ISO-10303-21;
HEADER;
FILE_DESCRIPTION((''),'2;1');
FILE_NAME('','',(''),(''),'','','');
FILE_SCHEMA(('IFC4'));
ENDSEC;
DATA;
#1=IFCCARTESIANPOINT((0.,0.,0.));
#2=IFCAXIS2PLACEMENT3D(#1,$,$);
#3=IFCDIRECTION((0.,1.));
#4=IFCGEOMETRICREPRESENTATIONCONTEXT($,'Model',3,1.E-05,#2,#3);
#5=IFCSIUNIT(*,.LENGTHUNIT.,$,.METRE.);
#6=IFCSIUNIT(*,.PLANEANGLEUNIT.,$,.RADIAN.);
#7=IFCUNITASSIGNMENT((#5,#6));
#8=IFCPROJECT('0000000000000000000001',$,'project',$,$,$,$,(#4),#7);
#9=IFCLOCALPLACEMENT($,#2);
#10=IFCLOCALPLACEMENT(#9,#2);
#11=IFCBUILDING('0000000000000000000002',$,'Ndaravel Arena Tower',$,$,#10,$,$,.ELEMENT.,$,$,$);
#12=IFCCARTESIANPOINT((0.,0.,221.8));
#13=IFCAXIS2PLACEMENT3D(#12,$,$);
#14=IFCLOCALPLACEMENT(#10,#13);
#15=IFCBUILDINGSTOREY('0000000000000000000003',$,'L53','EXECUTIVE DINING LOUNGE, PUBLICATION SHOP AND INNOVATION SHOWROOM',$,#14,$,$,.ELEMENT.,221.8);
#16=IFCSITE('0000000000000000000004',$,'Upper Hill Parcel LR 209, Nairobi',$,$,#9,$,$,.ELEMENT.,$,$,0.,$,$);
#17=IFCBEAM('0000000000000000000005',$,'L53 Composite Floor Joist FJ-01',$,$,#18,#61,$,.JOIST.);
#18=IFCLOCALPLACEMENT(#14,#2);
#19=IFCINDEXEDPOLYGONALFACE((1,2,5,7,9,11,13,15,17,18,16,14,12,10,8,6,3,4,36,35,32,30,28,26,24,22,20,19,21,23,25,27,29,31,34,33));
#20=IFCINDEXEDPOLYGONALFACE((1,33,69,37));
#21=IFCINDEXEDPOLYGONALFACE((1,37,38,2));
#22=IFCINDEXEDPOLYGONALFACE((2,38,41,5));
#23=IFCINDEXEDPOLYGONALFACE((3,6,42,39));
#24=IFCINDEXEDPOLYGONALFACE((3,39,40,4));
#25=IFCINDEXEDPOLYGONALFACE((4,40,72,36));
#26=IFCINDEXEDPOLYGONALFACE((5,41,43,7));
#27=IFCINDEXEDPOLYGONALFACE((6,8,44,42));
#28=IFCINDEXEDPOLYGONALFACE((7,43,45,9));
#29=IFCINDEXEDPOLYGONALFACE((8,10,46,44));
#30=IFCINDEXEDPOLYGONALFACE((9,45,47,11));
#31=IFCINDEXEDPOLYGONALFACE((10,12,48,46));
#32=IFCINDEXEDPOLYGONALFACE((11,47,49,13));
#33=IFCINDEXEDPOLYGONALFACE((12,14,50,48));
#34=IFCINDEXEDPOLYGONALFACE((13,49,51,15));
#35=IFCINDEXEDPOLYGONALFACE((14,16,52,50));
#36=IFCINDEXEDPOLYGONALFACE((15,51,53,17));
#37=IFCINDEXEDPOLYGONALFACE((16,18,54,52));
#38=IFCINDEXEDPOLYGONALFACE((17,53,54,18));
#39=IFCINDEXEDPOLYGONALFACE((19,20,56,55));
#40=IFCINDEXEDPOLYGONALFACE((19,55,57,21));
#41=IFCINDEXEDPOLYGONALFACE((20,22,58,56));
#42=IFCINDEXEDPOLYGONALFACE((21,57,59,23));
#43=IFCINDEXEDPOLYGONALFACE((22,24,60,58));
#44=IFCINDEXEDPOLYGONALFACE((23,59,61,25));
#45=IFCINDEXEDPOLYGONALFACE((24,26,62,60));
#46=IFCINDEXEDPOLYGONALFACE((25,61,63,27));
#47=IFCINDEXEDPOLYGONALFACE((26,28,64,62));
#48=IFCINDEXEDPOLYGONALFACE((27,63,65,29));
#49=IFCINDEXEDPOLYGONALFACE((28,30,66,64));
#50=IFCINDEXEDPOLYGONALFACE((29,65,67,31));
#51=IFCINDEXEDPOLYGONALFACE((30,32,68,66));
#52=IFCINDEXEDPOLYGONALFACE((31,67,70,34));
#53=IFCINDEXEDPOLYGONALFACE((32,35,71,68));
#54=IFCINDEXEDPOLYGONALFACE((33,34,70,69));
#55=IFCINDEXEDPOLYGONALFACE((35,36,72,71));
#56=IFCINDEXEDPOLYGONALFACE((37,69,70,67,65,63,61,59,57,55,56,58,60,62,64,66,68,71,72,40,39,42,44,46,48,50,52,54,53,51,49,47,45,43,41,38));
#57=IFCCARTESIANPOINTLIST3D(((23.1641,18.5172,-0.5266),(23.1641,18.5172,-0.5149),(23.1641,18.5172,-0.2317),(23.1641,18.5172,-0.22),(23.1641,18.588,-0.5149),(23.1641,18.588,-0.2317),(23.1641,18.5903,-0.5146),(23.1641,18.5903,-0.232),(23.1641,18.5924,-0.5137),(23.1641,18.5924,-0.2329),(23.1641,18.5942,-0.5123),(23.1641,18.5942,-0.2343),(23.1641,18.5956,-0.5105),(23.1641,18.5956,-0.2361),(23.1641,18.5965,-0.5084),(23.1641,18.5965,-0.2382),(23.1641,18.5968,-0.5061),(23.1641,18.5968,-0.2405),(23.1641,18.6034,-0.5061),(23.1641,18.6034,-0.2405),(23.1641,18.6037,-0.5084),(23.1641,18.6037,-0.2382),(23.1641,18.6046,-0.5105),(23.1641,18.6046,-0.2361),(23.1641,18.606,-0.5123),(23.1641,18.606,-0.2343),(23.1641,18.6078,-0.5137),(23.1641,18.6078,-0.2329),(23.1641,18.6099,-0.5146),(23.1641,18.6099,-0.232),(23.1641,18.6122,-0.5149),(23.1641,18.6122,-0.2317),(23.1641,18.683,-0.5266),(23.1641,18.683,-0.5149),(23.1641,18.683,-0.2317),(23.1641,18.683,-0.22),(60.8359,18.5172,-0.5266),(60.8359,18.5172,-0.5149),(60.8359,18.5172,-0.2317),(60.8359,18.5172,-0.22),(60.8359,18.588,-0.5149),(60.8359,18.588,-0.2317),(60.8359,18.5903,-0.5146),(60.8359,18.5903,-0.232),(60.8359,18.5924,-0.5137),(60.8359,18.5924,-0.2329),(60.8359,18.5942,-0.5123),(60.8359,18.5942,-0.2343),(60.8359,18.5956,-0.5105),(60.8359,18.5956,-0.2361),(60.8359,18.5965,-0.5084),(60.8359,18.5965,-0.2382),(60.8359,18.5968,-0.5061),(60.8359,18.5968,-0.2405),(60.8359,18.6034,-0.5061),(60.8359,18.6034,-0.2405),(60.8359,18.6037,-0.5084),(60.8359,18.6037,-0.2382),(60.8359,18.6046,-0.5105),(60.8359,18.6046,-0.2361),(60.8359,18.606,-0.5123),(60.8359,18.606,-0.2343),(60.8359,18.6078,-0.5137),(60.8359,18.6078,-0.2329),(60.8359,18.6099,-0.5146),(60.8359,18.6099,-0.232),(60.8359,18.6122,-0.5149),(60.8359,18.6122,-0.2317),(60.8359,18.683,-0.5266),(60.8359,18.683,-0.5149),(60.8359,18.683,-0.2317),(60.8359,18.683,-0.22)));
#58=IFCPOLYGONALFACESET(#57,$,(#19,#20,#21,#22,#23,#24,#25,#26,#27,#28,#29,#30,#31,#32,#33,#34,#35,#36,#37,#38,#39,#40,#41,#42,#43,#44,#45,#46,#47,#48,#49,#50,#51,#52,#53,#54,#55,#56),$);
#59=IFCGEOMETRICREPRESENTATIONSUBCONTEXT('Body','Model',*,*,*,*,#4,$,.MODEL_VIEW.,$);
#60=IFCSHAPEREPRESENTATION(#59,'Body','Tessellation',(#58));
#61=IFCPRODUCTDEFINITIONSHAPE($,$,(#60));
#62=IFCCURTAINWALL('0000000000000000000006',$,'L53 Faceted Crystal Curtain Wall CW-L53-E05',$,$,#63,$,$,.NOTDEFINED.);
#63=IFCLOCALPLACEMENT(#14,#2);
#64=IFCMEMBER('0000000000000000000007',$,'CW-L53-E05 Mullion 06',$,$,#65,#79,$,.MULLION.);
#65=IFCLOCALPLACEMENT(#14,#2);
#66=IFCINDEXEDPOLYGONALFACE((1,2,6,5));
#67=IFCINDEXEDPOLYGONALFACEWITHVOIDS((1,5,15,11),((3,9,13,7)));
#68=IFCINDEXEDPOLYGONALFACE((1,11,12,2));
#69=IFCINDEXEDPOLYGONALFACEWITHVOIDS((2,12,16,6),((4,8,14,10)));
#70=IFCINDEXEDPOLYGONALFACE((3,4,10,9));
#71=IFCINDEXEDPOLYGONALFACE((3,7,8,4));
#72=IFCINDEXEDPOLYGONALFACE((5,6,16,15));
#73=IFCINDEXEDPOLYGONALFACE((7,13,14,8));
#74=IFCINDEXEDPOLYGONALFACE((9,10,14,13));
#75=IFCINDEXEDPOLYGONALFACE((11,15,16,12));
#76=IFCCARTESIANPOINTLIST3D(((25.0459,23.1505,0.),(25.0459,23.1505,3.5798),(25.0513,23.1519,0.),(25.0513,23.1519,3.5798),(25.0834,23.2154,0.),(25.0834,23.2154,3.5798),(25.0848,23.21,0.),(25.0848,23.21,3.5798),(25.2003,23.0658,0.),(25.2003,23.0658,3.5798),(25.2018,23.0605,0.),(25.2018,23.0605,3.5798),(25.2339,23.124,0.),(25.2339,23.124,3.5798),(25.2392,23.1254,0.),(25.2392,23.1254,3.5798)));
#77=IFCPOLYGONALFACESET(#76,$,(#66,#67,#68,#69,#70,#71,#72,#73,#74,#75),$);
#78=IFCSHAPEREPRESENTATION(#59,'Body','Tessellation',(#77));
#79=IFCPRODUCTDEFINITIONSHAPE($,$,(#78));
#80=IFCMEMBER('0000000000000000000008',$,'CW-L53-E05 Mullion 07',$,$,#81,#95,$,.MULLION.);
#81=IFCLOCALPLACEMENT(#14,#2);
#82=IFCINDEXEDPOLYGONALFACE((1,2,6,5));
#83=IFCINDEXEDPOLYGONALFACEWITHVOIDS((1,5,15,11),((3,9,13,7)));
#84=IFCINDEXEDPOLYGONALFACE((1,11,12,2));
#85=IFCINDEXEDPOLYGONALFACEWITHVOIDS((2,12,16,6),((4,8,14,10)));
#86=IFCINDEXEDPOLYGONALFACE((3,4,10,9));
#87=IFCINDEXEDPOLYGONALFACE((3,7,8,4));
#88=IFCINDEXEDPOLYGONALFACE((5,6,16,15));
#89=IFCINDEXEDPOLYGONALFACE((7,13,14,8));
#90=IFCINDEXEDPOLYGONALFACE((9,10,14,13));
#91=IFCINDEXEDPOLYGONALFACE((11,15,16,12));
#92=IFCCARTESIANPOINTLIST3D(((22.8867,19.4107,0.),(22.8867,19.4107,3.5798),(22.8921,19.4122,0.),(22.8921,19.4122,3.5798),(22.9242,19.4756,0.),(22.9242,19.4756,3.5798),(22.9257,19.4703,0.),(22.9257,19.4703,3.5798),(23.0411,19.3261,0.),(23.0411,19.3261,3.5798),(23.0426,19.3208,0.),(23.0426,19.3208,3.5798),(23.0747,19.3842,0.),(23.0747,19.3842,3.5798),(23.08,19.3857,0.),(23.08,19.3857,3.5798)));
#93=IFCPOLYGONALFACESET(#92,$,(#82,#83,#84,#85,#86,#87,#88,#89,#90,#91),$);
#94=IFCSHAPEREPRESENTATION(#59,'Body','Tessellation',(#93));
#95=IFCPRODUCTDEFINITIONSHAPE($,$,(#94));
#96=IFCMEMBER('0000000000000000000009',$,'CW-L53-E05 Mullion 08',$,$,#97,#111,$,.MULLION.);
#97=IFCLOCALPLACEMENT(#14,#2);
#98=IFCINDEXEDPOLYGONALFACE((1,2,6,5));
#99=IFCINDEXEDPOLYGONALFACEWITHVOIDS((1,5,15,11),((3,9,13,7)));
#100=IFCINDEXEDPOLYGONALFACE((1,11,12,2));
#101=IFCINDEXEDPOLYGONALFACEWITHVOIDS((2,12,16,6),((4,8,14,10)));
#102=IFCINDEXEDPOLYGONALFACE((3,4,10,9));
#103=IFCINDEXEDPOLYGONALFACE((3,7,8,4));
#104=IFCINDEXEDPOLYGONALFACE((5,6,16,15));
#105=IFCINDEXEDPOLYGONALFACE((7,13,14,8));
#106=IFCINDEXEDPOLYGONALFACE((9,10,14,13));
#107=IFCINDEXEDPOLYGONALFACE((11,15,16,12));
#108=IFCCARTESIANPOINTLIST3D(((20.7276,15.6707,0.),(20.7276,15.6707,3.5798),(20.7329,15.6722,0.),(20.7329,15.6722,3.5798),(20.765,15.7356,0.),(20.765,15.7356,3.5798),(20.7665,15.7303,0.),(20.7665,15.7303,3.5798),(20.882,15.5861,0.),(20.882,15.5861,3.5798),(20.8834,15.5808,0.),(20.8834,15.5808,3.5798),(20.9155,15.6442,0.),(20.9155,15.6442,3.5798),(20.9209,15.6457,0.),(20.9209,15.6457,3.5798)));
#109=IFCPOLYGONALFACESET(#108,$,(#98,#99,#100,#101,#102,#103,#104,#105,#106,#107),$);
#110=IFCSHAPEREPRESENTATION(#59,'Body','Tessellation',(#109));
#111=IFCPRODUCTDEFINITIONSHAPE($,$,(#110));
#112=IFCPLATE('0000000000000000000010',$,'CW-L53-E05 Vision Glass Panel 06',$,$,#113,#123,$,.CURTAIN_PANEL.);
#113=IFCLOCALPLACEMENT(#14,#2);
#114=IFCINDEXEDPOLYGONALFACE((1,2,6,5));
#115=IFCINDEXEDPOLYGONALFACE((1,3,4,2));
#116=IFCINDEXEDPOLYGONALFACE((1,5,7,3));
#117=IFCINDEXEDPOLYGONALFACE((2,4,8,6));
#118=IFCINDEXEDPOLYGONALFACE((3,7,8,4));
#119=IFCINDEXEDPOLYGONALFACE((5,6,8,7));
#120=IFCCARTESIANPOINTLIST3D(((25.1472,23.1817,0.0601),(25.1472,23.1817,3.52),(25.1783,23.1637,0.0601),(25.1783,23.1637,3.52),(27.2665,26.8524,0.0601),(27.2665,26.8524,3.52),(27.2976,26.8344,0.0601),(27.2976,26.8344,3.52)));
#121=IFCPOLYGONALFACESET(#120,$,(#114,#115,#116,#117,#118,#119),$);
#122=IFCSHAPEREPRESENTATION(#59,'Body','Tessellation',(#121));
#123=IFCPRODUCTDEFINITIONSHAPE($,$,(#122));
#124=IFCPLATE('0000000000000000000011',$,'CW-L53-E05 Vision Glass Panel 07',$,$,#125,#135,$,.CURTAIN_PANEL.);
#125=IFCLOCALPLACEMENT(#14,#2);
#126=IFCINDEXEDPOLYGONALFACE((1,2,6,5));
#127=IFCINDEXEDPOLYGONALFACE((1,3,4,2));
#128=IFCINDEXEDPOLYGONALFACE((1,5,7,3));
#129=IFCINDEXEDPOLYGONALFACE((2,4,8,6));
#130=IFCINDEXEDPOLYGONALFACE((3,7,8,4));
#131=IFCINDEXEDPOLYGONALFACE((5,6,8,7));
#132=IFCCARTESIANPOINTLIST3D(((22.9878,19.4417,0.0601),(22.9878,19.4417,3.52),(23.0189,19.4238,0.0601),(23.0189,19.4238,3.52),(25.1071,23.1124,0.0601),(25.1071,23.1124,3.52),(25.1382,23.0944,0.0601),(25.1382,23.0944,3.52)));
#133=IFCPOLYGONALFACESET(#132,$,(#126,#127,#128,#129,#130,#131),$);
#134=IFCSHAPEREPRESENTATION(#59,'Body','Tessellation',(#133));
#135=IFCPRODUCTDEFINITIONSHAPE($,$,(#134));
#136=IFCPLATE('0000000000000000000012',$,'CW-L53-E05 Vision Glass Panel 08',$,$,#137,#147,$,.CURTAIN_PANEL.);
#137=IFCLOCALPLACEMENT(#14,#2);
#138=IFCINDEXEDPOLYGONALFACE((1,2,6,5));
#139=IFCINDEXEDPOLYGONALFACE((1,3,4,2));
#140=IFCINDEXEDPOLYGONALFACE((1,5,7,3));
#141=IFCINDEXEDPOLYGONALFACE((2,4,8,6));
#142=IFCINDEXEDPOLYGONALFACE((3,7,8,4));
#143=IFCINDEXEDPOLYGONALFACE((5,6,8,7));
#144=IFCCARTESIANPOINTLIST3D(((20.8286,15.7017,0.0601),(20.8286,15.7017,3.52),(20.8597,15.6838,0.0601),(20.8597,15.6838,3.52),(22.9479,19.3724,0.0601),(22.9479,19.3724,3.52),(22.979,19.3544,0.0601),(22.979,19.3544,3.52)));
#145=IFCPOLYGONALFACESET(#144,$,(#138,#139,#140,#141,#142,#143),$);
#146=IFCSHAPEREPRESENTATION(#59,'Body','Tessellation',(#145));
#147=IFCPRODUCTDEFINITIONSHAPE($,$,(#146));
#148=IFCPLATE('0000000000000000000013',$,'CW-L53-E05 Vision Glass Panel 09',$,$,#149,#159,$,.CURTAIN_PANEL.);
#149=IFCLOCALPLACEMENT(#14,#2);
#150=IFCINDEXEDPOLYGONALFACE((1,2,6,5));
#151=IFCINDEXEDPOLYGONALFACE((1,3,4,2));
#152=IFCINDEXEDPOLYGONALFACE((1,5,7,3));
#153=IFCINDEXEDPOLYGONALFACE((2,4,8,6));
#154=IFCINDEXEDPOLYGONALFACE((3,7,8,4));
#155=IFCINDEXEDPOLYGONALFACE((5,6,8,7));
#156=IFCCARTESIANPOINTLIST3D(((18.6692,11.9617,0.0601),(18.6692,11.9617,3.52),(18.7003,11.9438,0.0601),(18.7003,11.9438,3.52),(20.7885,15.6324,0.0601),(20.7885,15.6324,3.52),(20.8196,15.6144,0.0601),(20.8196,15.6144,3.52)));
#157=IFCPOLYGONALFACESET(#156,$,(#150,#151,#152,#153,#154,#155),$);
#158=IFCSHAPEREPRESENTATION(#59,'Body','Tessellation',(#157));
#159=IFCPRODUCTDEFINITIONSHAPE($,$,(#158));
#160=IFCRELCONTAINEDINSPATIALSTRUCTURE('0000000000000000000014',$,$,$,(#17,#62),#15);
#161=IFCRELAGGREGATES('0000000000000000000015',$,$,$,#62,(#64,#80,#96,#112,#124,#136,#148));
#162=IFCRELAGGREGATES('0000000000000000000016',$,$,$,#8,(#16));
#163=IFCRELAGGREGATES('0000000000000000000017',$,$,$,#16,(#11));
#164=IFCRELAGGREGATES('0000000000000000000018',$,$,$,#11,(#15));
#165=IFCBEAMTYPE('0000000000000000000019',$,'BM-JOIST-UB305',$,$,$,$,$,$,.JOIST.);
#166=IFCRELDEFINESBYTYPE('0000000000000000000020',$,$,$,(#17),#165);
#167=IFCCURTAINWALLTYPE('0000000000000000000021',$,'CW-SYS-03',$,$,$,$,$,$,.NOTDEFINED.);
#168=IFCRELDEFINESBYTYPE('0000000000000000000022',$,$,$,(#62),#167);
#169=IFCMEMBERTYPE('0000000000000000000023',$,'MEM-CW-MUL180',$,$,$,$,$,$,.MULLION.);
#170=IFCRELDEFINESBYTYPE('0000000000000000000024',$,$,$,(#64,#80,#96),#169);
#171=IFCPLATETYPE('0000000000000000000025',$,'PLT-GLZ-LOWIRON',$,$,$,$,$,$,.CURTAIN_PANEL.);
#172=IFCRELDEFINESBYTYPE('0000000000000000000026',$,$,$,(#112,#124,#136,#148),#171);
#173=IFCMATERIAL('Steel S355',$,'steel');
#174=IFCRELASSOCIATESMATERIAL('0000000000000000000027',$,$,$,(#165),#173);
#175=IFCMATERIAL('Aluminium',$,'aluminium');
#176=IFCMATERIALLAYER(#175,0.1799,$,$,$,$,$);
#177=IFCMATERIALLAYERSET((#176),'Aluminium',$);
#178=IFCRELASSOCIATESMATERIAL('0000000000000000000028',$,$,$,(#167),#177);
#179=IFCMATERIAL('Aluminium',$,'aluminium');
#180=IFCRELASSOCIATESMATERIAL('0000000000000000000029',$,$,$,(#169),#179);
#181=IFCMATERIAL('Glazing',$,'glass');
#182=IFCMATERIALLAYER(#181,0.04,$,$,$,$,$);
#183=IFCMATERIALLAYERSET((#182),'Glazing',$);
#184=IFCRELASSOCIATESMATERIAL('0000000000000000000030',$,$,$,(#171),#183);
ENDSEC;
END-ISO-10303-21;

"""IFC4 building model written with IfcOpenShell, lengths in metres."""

from ifc_helpers import new_model, si_unit, direction, frame, origin, origin_2d, place, context, subcontext, project, spatial, rectangle, hollow_rectangle, i_section, extrude, material, layer, layer_set, material_profile, profile_set, type_object, element, aggregate, save


model = new_model("IFC4")

# Units and contexts
model_context = context("Model", 3, precision=1e-05, world=origin(), true_north=direction((0.0, 1.0)))
body_context = subcontext(model_context, "Body", "Model", "MODEL_VIEW")
ifc_project = project(units=[si_unit("LENGTHUNIT", "METRE"), si_unit("PLANEANGLEUNIT", "RADIAN")], contexts=[model_context])

# Site, building, storey
site_placement = place(None, origin())
site = spatial("IfcSite", under=ifc_project, at=site_placement, Name="Upper Hill Parcel LR 209, Nairobi", CompositionType="ELEMENT", RefElevation=0.0)
building_placement = place(site_placement, origin())
building = spatial("IfcBuilding", under=site, at=building_placement, Name="Ndaravel Arena Tower", CompositionType="ELEMENT")
storey_placement = place(building_placement, frame((0.0, 0.0, 221.8)))
storey = spatial("IfcBuildingStorey", under=building, at=storey_placement, Name="L53", Description="EXECUTIVE DINING LOUNGE, PUBLICATION SHOP AND INNOVATION SHOWROOM", CompositionType="ELEMENT", Elevation=221.8)

# Beam
ifc_material_1 = material(Name="Steel S355", Category="steel")
ifc_material_profile_1 = material_profile(ifc_material_1, i_section(OverallWidth=0.1658, OverallDepth=0.3066, WebThickness=0.0066, FlangeThickness=0.0117, FilletRadius=0.0088, at=origin_2d()), Name="UB 305x165x46")
ifc_profile_set_1 = profile_set([ifc_material_profile_1], Name="Steel S355")
beam_type = type_object("IfcBeamType", Name="BM-JOIST-UB305", PredefinedType="JOIST", material=ifc_profile_set_1)
beam_placement = place(storey_placement, frame((23.1641, 18.6001, -0.3733), z_axis=(1.0, 0.0, 0.0), x_axis=(0.0, 1.0, 0.0)))
element("IfcBeam", 1, at=beam_placement, inside=storey, type_object=beam_type, Name="L53 Composite Floor Joist FJ-01", PredefinedType="JOIST", context=body_context, shape_type="SweptSolid", body=[
    extrude(i_section(OverallWidth=0.1658, OverallDepth=0.3066, WebThickness=0.0066, FlangeThickness=0.0117, FilletRadius=0.0088, at=origin_2d()), origin(), (0.0, 0.0, 1.0), 37.6719),
])

# Curtain wall, members, plates
ifc_material_2 = material(Name="Aluminium", Category="aluminium")
ifc_layer_1 = layer(ifc_material_2, 0.1799)
ifc_layer_set_1 = layer_set([ifc_layer_1], Name="Aluminium")
curtain_wall_type = type_object("IfcCurtainWallType", Name="CW-SYS-03", PredefinedType="NOTDEFINED", material=ifc_layer_set_1)
curtain_wall_placement = place(storey_placement, origin())
curtain_wall = element("IfcCurtainWall", 2, at=curtain_wall_placement, inside=storey, type_object=curtain_wall_type, Name="L53 Faceted Crystal Curtain Wall CW-L53-E05", PredefinedType="NOTDEFINED")
ifc_material_3 = material(Name="Aluminium", Category="aluminium")
ifc_material_profile_2 = material_profile(ifc_material_3, hollow_rectangle(XDim=0.075, YDim=0.1799, WallThickness=0.0039, at=origin_2d()), Name="CW MULLION 75x180x4")
ifc_profile_set_2 = profile_set([ifc_material_profile_2], Name="Aluminium")
member_type = type_object("IfcMemberType", Name="MEM-CW-MUL180", PredefinedType="MULLION", material=ifc_profile_set_2)
member_1_placement = place(storey_placement, frame((25.1426, 23.1379, 0.0), z_axis=(0.0, 0.0, 1.0), x_axis=(-0.5, -0.866025, 0.0)))
member_1 = element("IfcMember", 3, at=member_1_placement, type_object=member_type, Name="CW-L53-E05 Mullion 06", PredefinedType="MULLION", context=body_context, shape_type="SweptSolid", body=[
    extrude(hollow_rectangle(XDim=0.075, YDim=0.1799, WallThickness=0.0039, at=origin_2d()), origin(), (0.0, 0.0, 1.0), 3.5798),
])
member_2_placement = place(storey_placement, frame((22.9834, 19.3982, 0.0), z_axis=(0.0, 0.0, 1.0), x_axis=(-0.5, -0.866025, 0.0)))
member_2 = element("IfcMember", 4, at=member_2_placement, type_object=member_type, Name="CW-L53-E05 Mullion 07", PredefinedType="MULLION", context=body_context, shape_type="SweptSolid", body=[
    extrude(hollow_rectangle(XDim=0.075, YDim=0.1799, WallThickness=0.0039, at=origin_2d()), origin(), (0.0, 0.0, 1.0), 3.5798),
])
member_3_placement = place(storey_placement, frame((20.8242, 15.6582, 0.0), z_axis=(0.0, 0.0, 1.0), x_axis=(-0.5, -0.866025, 0.0)))
member_3 = element("IfcMember", 5, at=member_3_placement, type_object=member_type, Name="CW-L53-E05 Mullion 08", PredefinedType="MULLION", context=body_context, shape_type="SweptSolid", body=[
    extrude(hollow_rectangle(XDim=0.075, YDim=0.1799, WallThickness=0.0039, at=origin_2d()), origin(), (0.0, 0.0, 1.0), 3.5798),
])
ifc_material_4 = material(Name="Glazing", Category="glass")
ifc_layer_2 = layer(ifc_material_4, 0.04)
ifc_layer_set_2 = layer_set([ifc_layer_2], Name="Glazing")
plate_type = type_object("IfcPlateType", Name="PLT-GLZ-LOWIRON", PredefinedType="CURTAIN_PANEL", material=ifc_layer_set_2)
plate_1_placement = place(storey_placement, frame((26.2224, 25.0081, 0.0601), z_axis=(0.0, 0.0, 1.0), x_axis=(-0.5, -0.866025, 0.0)))
plate_1 = element("IfcPlate", 6, at=plate_1_placement, type_object=plate_type, Name="CW-L53-E05 Vision Glass Panel 06", PredefinedType="CURTAIN_PANEL", context=body_context, shape_type="SweptSolid", body=[
    extrude(rectangle(XDim=4.2385, YDim=0.0359, at=origin_2d()), origin(), (0.0, 0.0, 1.0), 3.46),
])
plate_2_placement = place(storey_placement, frame((24.063, 21.2681, 0.0601), z_axis=(0.0, 0.0, 1.0), x_axis=(-0.5, -0.866025, 0.0)))
plate_2 = element("IfcPlate", 7, at=plate_2_placement, type_object=plate_type, Name="CW-L53-E05 Vision Glass Panel 07", PredefinedType="CURTAIN_PANEL", context=body_context, shape_type="SweptSolid", body=[
    extrude(rectangle(XDim=4.2385, YDim=0.0359, at=origin_2d()), origin(), (0.0, 0.0, 1.0), 3.46),
])
plate_3_placement = place(storey_placement, frame((21.9038, 17.5281, 0.0601), z_axis=(0.0, 0.0, 1.0), x_axis=(-0.5, -0.866025, 0.0)))
plate_3 = element("IfcPlate", 8, at=plate_3_placement, type_object=plate_type, Name="CW-L53-E05 Vision Glass Panel 08", PredefinedType="CURTAIN_PANEL", context=body_context, shape_type="SweptSolid", body=[
    extrude(rectangle(XDim=4.2385, YDim=0.0359, at=origin_2d()), origin(), (0.0, 0.0, 1.0), 3.46),
])
plate_4_placement = place(storey_placement, frame((19.7444, 13.7881, 0.0601), z_axis=(0.0, 0.0, 1.0), x_axis=(-0.5, -0.866025, 0.0)))
plate_4 = element("IfcPlate", 9, at=plate_4_placement, type_object=plate_type, Name="CW-L53-E05 Vision Glass Panel 09", PredefinedType="CURTAIN_PANEL", context=body_context, shape_type="SweptSolid", body=[
    extrude(rectangle(XDim=4.2385, YDim=0.0359, at=origin_2d()), origin(), (0.0, 0.0, 1.0), 3.46),
])
aggregate(curtain_wall, [member_1, member_2, member_3, plate_1, plate_2, plate_3, plate_4])

save(model, "model.ifc")
